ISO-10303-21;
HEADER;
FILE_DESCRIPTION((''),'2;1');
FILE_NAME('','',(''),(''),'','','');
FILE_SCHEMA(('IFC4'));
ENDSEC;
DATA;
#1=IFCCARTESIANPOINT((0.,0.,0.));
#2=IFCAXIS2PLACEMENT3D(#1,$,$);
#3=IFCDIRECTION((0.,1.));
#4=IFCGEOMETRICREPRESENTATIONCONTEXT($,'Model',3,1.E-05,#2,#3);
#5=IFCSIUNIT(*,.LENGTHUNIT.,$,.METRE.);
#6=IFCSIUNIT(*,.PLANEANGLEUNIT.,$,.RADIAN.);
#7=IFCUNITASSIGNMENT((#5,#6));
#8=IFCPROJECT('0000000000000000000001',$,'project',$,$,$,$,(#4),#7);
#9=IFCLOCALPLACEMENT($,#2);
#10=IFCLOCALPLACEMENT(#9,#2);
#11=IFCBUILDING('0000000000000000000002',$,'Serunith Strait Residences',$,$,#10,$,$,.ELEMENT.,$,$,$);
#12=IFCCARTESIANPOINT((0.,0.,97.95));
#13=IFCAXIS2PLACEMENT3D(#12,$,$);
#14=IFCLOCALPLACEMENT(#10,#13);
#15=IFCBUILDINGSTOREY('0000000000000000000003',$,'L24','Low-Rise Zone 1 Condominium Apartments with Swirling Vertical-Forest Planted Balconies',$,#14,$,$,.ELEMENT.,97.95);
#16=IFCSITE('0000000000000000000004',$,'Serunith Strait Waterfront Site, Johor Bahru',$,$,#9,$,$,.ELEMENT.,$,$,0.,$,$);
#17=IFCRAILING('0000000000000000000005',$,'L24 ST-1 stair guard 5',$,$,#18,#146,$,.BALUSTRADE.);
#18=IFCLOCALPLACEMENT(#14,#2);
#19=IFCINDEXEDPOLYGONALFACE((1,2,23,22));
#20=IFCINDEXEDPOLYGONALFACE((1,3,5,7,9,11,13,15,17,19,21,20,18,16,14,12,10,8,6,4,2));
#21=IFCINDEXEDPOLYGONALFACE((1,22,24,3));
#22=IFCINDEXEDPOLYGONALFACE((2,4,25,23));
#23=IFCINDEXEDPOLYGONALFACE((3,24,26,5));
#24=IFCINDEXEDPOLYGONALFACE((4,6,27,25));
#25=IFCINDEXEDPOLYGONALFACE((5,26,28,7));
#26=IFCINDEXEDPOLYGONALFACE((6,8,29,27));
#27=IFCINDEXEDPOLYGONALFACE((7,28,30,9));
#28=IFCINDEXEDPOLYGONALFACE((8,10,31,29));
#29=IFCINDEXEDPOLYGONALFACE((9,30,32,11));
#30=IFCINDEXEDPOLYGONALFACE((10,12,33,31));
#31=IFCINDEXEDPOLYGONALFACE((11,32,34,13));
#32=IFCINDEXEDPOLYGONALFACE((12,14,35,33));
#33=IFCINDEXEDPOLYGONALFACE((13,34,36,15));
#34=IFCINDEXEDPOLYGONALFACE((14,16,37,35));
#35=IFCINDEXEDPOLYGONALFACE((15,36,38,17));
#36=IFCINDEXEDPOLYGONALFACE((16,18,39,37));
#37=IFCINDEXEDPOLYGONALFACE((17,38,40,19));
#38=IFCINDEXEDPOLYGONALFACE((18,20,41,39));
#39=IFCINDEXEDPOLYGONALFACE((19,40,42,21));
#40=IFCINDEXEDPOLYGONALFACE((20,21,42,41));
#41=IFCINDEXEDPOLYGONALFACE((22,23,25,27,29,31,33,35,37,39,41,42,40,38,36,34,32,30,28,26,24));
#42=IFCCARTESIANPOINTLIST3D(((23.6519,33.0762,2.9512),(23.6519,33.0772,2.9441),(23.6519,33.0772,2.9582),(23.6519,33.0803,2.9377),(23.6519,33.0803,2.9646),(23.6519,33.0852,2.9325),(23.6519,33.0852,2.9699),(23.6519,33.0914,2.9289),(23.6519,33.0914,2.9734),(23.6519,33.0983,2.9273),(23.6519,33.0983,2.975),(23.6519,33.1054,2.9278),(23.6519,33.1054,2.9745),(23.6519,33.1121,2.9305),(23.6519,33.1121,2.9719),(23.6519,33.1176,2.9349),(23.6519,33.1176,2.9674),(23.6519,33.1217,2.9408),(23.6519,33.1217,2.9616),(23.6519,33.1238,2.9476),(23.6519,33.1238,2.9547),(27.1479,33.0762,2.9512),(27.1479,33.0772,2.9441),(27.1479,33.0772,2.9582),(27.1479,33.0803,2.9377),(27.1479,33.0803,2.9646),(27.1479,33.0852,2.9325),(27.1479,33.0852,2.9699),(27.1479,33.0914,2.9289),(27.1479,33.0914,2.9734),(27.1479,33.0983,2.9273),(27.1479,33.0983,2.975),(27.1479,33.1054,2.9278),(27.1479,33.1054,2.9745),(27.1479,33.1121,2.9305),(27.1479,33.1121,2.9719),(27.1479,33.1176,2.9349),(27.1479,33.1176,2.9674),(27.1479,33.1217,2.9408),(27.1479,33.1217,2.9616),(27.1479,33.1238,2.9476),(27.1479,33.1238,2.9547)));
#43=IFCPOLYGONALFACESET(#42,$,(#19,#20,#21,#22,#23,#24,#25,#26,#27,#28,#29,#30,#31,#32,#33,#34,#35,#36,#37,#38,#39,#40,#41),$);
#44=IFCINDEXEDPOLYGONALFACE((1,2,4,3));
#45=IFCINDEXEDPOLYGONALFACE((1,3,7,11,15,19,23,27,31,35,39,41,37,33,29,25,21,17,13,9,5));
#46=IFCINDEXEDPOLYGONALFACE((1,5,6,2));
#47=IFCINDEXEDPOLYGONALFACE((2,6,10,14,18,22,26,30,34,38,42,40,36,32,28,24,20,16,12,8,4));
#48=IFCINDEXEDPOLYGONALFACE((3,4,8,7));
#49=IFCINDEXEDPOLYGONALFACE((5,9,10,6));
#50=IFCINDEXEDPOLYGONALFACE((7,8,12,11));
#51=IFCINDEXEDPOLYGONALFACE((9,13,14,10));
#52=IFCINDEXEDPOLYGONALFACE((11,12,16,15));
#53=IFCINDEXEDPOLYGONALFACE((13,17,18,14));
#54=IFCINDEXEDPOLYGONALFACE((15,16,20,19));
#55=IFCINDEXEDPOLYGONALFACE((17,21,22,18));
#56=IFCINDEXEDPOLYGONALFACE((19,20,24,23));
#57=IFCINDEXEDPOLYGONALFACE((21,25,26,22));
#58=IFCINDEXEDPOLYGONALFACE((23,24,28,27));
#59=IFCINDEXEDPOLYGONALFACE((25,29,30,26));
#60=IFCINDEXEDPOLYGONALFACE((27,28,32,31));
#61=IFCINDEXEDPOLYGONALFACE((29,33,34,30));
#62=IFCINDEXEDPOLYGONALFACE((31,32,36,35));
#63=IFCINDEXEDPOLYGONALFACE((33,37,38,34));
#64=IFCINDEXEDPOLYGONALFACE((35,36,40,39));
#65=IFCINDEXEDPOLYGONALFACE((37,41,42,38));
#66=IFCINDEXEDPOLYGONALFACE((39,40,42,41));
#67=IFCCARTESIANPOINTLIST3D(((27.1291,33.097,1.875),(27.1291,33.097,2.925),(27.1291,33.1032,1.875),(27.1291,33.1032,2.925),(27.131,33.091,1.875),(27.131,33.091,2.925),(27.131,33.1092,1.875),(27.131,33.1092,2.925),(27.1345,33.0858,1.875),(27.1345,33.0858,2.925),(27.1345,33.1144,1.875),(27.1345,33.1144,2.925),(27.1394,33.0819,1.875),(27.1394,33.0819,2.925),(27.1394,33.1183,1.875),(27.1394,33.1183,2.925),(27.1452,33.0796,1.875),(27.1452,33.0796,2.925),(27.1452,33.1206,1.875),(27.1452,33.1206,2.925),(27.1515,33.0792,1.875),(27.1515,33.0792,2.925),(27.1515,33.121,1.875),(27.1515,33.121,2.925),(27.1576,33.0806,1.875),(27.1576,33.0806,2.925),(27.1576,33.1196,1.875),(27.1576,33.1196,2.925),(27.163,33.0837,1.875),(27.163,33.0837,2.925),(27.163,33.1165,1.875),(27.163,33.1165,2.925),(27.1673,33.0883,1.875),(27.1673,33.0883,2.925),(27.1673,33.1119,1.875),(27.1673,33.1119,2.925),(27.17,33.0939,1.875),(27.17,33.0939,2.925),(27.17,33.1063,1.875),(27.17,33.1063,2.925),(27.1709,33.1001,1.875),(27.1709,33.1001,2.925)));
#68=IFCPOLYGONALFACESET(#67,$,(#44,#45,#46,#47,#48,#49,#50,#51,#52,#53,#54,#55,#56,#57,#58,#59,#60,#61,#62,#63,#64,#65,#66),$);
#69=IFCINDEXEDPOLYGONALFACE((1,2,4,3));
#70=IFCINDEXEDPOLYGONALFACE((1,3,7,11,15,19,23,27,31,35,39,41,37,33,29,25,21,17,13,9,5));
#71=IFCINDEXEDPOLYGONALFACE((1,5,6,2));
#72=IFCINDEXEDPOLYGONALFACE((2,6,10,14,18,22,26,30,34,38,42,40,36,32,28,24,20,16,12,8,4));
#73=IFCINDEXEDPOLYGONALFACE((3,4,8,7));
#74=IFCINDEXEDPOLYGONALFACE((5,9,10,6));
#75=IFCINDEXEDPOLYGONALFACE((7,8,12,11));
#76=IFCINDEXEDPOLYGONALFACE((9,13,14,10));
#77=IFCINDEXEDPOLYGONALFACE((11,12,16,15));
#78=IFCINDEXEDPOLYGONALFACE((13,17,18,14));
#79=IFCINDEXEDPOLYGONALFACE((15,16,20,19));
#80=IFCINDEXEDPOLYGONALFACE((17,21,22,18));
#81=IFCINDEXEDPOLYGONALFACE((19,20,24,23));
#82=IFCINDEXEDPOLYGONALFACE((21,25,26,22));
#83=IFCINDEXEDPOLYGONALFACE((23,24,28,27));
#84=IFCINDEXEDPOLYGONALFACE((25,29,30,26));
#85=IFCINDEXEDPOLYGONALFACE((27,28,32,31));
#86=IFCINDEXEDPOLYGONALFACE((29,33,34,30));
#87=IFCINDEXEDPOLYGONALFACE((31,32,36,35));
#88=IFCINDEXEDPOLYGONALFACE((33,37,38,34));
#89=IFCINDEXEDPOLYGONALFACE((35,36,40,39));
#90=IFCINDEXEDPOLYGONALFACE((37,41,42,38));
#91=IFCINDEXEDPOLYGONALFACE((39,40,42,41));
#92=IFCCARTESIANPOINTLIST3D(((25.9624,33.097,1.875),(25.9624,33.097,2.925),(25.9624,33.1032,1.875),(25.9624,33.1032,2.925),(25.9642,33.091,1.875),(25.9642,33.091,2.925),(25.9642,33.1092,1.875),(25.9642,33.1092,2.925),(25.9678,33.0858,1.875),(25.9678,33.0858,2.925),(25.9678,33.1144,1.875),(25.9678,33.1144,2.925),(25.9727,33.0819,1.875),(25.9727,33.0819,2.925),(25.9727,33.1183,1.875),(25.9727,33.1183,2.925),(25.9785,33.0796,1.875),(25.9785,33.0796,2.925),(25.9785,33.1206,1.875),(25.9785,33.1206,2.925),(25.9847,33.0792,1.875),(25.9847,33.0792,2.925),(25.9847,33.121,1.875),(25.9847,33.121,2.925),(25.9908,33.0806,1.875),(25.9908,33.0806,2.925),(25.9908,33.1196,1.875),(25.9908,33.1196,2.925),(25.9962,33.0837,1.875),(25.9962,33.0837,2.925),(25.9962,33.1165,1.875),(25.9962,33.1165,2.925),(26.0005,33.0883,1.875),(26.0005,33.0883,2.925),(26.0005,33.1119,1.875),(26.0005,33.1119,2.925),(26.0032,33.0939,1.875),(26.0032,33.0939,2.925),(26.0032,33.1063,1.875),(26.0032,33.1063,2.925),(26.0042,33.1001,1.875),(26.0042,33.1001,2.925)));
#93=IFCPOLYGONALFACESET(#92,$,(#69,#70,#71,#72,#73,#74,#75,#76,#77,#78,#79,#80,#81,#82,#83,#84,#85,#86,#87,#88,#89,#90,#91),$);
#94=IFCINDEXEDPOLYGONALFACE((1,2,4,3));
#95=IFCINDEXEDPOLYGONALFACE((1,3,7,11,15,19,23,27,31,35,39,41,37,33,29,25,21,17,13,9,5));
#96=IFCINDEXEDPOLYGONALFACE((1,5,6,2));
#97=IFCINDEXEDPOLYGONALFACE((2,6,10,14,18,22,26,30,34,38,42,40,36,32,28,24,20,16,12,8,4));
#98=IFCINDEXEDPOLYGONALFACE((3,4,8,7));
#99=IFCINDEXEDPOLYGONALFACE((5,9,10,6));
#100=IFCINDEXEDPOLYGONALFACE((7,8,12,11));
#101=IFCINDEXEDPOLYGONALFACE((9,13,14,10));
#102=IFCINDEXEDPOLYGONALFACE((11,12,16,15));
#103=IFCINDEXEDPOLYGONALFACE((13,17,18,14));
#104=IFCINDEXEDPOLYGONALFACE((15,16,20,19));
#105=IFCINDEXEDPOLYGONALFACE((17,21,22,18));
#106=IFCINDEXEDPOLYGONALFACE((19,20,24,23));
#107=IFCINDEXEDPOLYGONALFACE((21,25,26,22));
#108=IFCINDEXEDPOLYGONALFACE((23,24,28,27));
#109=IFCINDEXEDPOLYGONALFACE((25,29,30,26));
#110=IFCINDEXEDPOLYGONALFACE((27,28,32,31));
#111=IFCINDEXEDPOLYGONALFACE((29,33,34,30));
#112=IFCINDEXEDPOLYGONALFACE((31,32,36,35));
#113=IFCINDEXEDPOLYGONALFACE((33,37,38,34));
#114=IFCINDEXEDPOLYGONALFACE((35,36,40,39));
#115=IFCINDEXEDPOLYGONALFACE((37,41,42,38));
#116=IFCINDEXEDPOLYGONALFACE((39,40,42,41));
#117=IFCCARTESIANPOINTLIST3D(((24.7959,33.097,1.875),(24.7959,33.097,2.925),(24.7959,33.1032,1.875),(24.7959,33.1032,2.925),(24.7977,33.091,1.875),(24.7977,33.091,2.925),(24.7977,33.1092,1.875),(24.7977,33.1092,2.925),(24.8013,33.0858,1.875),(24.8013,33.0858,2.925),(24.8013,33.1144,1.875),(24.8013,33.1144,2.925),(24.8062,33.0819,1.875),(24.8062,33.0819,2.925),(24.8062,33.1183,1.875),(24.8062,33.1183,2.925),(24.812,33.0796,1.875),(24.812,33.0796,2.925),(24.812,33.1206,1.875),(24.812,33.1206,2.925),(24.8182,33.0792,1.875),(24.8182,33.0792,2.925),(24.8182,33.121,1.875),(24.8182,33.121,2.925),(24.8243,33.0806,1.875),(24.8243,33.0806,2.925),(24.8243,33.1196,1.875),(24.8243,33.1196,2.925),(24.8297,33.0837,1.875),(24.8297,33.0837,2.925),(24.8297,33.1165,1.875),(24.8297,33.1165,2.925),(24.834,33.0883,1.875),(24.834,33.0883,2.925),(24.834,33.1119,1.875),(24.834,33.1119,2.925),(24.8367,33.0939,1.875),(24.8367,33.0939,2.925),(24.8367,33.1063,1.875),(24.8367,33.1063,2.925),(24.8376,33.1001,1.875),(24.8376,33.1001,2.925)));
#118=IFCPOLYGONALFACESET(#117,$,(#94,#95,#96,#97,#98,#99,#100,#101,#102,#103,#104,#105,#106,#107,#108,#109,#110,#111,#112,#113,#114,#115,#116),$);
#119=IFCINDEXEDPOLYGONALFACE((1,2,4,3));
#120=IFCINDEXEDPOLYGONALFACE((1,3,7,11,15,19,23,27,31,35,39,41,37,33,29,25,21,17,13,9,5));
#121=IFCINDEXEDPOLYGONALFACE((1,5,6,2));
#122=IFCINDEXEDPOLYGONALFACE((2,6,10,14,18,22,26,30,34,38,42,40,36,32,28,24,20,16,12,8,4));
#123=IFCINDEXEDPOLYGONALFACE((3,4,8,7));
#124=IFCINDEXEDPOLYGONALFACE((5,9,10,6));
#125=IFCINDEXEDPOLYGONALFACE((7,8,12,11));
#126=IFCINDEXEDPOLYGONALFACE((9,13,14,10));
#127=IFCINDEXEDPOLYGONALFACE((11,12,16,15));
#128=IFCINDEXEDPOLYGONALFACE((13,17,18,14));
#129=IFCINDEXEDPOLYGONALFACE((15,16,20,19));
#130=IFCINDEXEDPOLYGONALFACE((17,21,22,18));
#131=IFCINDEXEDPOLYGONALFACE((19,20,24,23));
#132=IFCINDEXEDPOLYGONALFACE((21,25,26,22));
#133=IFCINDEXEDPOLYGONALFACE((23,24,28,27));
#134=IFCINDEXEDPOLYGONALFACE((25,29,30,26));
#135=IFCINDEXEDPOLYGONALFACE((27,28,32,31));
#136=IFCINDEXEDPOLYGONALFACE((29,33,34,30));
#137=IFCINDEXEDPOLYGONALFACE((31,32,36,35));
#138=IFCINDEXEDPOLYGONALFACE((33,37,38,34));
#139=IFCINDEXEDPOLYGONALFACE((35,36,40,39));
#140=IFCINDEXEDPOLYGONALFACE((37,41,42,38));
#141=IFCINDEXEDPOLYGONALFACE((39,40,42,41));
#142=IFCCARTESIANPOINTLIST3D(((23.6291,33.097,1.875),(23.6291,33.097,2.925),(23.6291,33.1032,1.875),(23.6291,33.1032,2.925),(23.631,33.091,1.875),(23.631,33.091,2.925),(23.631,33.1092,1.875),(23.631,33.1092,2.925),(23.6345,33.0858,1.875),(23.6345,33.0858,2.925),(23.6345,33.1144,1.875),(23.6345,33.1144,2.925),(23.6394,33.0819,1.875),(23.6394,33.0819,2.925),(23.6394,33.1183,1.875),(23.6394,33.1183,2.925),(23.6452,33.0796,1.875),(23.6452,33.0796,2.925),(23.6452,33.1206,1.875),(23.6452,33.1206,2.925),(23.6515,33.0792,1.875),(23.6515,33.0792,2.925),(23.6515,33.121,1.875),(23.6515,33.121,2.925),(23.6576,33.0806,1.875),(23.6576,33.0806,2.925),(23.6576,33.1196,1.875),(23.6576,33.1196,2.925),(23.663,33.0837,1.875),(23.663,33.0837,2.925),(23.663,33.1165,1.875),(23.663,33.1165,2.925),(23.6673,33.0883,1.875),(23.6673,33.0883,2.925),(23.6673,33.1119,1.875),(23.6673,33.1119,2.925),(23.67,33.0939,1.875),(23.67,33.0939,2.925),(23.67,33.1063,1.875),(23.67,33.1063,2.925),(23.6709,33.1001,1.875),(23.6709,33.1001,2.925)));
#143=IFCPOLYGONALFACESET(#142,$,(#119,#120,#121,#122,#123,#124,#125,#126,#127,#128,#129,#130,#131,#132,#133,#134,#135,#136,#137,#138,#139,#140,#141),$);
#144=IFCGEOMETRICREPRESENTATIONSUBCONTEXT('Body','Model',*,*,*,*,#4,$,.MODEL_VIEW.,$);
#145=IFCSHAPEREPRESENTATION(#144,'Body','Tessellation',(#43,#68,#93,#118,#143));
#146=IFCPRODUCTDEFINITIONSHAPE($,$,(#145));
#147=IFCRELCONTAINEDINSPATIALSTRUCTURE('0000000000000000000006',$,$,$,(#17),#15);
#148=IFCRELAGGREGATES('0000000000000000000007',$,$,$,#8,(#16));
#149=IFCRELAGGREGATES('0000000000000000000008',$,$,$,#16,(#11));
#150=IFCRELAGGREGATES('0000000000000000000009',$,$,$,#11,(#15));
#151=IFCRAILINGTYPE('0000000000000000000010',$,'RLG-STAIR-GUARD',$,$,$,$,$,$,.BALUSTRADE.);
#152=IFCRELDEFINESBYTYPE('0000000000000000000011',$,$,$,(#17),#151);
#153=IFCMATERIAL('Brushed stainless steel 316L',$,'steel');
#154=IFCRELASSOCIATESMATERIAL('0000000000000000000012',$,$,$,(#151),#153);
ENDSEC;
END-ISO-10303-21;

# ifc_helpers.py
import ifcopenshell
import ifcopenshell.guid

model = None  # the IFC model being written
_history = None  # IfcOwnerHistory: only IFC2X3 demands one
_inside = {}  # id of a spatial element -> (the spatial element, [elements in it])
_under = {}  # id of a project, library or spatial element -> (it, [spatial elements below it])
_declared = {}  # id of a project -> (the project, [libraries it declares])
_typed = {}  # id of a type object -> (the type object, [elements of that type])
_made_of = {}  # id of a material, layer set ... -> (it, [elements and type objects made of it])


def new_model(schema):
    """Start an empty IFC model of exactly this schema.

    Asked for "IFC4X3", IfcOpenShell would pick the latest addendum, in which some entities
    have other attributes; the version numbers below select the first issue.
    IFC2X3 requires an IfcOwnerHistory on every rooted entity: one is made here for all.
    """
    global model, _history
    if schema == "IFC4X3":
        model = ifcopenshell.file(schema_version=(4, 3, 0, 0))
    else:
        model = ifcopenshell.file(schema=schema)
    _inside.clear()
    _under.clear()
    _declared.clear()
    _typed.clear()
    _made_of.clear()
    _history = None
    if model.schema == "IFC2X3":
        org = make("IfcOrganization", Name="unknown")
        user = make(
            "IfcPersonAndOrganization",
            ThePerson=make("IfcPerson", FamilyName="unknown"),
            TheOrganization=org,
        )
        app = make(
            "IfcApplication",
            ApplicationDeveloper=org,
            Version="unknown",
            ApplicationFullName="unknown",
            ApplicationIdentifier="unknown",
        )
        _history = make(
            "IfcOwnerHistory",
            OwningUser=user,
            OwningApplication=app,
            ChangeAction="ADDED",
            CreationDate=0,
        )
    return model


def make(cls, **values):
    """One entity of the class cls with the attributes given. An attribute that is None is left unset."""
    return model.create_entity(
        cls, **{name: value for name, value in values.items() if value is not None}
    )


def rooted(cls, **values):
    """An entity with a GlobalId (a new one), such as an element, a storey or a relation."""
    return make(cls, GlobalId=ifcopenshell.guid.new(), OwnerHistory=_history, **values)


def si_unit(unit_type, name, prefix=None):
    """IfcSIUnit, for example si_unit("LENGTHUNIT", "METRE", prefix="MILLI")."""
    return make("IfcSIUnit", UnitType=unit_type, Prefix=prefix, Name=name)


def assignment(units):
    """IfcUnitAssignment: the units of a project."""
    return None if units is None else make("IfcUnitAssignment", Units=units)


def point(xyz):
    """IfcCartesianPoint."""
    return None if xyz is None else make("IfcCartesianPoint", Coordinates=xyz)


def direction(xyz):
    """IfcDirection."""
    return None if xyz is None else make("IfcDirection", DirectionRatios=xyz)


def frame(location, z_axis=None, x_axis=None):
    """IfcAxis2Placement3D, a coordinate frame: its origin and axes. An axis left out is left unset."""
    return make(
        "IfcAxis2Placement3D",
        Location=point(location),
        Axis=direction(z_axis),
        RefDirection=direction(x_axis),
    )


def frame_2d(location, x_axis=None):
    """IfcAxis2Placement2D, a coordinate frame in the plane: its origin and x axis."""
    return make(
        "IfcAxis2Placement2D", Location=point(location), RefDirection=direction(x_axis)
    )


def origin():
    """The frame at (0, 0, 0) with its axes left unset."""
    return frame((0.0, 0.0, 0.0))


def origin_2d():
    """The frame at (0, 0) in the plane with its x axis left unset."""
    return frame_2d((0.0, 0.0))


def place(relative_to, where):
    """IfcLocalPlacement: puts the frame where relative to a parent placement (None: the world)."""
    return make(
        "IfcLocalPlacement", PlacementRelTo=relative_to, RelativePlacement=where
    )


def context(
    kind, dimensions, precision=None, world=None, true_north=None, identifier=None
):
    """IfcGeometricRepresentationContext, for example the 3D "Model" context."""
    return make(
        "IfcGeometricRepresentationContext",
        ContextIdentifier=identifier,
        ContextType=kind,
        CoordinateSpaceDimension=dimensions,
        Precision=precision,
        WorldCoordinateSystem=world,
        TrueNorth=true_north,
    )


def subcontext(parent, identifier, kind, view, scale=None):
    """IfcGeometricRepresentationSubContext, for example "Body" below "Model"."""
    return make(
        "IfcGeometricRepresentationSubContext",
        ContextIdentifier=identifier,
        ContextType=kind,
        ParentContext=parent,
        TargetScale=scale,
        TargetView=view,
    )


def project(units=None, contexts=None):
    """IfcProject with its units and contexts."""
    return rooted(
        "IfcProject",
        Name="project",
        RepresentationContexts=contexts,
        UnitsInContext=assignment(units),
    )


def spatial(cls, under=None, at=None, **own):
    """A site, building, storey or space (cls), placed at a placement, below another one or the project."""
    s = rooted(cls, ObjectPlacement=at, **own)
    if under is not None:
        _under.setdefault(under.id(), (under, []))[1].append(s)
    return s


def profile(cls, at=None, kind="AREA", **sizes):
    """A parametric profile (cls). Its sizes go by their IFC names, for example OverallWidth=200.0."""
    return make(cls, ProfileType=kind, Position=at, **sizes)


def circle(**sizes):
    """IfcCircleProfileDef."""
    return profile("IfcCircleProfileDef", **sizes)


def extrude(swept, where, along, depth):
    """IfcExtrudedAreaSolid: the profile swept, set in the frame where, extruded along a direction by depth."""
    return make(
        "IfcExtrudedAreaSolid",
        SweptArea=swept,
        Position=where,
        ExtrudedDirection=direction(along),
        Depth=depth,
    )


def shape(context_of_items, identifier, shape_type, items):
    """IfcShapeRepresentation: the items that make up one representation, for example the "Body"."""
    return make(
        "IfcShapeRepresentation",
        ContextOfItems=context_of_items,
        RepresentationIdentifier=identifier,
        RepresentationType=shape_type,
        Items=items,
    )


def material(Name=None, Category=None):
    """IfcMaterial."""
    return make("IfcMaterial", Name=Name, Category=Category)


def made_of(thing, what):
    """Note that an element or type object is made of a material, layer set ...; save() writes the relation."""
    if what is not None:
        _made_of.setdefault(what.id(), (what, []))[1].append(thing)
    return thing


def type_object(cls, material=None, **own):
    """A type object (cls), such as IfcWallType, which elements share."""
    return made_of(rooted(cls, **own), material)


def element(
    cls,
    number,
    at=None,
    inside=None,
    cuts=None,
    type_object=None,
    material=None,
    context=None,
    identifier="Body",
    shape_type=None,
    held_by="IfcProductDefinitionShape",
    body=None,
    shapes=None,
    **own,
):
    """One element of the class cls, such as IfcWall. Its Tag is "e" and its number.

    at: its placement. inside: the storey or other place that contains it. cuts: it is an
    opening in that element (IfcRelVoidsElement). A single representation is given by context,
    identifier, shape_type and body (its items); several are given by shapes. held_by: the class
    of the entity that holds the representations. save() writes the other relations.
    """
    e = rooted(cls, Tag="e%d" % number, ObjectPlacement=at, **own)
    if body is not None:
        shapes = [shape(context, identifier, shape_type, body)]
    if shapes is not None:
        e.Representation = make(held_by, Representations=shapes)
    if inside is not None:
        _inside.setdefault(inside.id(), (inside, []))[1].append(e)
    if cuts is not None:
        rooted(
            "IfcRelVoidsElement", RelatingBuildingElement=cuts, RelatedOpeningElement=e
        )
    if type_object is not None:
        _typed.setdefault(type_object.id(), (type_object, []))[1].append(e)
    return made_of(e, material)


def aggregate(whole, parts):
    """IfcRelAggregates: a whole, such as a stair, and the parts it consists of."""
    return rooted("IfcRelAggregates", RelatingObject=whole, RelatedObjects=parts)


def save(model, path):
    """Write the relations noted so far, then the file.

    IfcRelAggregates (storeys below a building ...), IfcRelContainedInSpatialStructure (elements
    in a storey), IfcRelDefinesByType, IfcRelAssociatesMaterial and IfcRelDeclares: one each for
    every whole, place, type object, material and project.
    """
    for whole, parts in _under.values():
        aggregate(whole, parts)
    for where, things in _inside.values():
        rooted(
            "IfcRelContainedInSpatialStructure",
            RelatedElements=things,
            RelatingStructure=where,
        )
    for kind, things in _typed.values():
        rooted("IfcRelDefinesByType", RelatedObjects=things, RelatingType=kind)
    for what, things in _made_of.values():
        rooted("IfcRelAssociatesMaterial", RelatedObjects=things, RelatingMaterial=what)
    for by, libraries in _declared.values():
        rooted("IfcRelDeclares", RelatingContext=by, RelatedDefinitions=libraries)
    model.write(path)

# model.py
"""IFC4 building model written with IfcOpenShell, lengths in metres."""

from ifc_helpers import new_model, si_unit, direction, frame, origin, origin_2d, place, context, subcontext, project, spatial, circle, extrude, material, type_object, element, save


model = new_model("IFC4")

# Units and contexts
model_context = context("Model", 3, precision=1e-05, world=origin(), true_north=direction((0.0, 1.0)))
body_context = subcontext(model_context, "Body", "Model", "MODEL_VIEW")
ifc_project = project(units=[si_unit("LENGTHUNIT", "METRE"), si_unit("PLANEANGLEUNIT", "RADIAN")], contexts=[model_context])

# Site, building, storey
site_placement = place(None, origin())
site = spatial("IfcSite", under=ifc_project, at=site_placement, Name="Serunith Strait Waterfront Site, Johor Bahru", CompositionType="ELEMENT", RefElevation=0.0)
building_placement = place(site_placement, origin())
building = spatial("IfcBuilding", under=site, at=building_placement, Name="Serunith Strait Residences", CompositionType="ELEMENT")
storey_placement = place(building_placement, frame((0.0, 0.0, 97.95)))
storey = spatial("IfcBuildingStorey", under=building, at=storey_placement, Name="L24", Description="Low-Rise Zone 1 Condominium Apartments with Swirling Vertical-Forest Planted Balconies", CompositionType="ELEMENT", Elevation=97.95)

# Railing
ifc_material_1 = material(Name="Brushed stainless steel 316L", Category="steel")
railing_type_1 = type_object("IfcRailingType", Name="RLG-STAIR-GUARD", PredefinedType="BALUSTRADE", material=ifc_material_1)
railing_1_placement = place(storey_placement, frame((27.1499, 33.1001, 1.875)))
element("IfcRailing", 1, at=railing_1_placement, inside=storey, type_object=railing_type_1, Name="L24 ST-1 stair guard 5", PredefinedType="BALUSTRADE", context=body_context, shape_type="SweptSolid", body=[
    extrude(circle(Radius=0.0239, at=origin_2d()), frame((-0.002, 0.0, 1.0762), z_axis=(-1.0, 0.0, 0.0), x_axis=(0.0, -1.0, 0.0)), (0.0, 0.0, 1.0), 3.4961),
    extrude(circle(Radius=0.021, at=origin_2d()), origin(), (0.0, 0.0, 1.0), 1.05),
    extrude(circle(Radius=0.021, at=origin_2d()), frame((-1.1667, 0.0, 0.0)), (0.0, 0.0, 1.0), 1.05),
    extrude(circle(Radius=0.021, at=origin_2d()), frame((-2.3333, 0.0, 0.0)), (0.0, 0.0, 1.0), 1.05),
    extrude(circle(Radius=0.021, at=origin_2d()), frame((-3.5, 0.0, 0.0)), (0.0, 0.0, 1.0), 1.05),
])

save(model, "model.ifc")
